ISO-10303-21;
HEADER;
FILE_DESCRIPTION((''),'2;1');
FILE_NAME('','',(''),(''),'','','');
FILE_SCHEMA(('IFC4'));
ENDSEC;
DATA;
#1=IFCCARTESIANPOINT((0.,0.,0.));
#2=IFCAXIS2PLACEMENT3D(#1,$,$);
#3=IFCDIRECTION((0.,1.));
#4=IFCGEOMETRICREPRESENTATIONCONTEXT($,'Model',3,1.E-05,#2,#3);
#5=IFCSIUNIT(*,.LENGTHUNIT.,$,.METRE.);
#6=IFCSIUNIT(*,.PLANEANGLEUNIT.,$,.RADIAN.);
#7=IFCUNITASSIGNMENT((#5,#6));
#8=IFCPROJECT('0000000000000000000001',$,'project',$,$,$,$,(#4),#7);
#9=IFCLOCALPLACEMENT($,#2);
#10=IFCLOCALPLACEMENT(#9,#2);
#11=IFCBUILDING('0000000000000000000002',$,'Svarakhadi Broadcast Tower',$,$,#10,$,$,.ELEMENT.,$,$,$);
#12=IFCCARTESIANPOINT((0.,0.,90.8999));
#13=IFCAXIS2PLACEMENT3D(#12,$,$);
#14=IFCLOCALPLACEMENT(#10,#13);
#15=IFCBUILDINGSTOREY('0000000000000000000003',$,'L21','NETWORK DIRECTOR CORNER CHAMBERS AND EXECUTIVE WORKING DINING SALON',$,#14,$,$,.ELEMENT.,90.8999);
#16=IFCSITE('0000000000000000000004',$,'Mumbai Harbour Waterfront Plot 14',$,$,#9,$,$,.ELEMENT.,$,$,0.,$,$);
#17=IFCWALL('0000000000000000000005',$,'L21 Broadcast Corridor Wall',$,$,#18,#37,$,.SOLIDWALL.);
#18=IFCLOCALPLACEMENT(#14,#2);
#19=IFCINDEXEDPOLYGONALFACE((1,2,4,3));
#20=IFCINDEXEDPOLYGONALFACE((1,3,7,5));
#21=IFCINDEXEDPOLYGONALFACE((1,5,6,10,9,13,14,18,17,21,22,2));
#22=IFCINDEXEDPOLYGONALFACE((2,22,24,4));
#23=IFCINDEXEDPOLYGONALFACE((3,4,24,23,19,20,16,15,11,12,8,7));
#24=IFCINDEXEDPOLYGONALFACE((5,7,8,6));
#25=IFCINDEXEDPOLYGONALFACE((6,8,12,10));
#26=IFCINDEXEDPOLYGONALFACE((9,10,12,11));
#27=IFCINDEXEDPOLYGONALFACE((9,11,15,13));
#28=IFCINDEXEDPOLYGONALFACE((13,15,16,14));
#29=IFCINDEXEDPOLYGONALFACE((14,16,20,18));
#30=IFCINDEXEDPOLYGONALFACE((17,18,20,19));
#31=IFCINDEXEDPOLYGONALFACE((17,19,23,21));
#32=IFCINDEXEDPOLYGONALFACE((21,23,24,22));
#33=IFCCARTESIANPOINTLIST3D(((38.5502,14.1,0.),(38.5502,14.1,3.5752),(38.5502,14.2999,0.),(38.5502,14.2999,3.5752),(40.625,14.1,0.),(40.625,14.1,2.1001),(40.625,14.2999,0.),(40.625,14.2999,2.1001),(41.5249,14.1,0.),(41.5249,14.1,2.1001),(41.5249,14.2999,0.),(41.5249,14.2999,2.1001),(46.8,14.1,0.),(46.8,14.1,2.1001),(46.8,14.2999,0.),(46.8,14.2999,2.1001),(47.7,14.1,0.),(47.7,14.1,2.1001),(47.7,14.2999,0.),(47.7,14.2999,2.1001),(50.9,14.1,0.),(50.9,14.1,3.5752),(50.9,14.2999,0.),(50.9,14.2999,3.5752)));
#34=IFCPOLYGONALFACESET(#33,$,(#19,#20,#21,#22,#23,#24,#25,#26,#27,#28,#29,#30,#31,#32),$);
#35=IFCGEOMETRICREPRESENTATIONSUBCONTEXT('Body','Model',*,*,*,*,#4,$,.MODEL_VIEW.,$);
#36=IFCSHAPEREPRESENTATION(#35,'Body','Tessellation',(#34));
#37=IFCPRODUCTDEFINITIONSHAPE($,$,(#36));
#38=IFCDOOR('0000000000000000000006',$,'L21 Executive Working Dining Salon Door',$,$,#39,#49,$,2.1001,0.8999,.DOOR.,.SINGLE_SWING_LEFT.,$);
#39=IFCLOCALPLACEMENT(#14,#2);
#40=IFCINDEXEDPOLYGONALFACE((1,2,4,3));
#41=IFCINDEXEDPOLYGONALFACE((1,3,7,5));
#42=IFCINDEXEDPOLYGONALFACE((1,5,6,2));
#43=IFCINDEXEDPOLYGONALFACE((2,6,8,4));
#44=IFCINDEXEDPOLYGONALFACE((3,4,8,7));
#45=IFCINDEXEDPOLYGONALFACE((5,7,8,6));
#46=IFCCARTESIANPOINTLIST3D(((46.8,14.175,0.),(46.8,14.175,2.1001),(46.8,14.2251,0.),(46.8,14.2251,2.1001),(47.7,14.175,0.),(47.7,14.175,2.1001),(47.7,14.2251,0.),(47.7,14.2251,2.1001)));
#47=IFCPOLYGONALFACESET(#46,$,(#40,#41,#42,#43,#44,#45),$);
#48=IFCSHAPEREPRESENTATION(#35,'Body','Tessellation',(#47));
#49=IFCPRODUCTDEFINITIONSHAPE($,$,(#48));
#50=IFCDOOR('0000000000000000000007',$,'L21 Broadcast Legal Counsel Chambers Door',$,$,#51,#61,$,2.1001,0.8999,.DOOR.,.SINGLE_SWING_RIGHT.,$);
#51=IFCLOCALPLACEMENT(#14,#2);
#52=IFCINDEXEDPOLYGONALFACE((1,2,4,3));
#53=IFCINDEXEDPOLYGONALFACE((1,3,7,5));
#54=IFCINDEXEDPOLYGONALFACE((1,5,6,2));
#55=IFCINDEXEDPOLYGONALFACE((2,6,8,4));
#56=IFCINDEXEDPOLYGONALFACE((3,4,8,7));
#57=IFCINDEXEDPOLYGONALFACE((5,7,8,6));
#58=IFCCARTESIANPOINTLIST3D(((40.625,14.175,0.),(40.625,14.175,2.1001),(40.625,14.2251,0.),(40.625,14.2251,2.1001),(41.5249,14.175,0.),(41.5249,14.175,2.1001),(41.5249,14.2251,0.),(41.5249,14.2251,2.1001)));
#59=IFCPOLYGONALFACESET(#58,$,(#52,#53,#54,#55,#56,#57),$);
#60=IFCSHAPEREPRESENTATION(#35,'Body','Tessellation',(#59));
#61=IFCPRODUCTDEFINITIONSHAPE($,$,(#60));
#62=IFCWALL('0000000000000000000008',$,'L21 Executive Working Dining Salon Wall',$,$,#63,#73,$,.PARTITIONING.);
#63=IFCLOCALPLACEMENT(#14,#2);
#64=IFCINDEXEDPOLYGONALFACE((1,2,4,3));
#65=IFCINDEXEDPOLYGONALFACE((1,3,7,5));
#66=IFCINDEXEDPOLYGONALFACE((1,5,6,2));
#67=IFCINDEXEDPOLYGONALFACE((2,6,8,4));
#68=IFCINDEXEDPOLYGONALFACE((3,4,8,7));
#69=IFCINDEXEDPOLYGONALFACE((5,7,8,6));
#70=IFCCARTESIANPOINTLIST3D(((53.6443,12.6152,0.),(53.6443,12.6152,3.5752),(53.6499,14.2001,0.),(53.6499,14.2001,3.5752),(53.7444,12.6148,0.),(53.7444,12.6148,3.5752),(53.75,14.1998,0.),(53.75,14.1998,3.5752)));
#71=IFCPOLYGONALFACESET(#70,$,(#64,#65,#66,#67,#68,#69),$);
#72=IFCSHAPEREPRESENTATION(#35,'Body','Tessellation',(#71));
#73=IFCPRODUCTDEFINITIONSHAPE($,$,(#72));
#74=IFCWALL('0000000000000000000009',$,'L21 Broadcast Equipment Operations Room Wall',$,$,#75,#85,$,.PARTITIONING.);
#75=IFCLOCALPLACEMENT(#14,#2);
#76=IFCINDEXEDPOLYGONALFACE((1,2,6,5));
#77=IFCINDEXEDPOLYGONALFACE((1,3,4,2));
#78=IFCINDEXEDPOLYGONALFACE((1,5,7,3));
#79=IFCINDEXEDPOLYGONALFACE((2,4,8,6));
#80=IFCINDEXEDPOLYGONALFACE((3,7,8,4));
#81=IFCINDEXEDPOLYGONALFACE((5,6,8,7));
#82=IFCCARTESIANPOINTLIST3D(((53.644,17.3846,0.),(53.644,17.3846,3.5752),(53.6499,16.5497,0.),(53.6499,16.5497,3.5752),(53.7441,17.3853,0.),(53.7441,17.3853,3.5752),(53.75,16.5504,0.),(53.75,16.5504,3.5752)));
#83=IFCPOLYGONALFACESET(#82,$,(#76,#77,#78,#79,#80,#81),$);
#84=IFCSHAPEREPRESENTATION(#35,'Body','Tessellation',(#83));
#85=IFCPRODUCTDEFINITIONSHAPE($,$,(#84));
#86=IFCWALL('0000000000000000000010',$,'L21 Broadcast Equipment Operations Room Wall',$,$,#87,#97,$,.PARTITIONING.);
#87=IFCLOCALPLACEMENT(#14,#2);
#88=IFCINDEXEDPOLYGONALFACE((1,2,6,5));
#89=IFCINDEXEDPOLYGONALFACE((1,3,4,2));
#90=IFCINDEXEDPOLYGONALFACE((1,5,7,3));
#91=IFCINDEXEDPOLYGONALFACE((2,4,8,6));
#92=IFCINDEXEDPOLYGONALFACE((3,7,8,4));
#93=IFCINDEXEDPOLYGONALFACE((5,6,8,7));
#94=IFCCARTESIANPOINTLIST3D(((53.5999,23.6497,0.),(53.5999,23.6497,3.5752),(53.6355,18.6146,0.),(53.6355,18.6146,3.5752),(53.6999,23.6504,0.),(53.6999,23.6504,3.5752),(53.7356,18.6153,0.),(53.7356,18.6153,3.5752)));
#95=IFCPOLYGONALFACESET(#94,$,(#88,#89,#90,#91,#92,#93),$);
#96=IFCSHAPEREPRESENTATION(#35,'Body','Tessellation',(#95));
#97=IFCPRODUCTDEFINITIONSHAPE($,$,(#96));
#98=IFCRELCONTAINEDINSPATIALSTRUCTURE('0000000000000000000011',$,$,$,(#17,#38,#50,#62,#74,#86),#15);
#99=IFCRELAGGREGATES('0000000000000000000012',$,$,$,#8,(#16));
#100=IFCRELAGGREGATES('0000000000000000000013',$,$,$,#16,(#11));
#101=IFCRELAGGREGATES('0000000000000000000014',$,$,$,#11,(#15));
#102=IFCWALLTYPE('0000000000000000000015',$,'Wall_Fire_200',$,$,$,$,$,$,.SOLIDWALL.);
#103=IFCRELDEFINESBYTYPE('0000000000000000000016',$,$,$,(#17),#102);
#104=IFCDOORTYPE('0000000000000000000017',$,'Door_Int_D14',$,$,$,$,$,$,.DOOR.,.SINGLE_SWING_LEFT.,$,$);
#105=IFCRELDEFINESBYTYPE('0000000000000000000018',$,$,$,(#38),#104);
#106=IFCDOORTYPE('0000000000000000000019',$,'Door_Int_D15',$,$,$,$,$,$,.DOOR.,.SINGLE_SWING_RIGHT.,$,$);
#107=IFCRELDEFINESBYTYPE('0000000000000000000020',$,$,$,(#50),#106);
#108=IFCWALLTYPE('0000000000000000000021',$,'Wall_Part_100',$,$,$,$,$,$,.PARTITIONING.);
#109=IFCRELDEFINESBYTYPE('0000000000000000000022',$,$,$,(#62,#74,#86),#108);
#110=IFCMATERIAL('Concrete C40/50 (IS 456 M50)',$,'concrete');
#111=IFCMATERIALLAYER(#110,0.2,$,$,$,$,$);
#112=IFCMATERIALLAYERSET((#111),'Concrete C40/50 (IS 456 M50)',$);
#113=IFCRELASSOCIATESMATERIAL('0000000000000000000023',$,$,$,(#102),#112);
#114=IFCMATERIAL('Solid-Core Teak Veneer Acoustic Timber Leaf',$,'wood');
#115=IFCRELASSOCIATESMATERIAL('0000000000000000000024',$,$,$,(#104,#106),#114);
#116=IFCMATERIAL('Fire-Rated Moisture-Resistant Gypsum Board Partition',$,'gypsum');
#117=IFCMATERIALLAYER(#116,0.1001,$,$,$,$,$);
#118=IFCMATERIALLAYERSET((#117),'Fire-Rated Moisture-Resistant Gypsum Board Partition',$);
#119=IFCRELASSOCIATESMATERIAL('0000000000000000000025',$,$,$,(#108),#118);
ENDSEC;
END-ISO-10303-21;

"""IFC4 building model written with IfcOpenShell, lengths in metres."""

from ifc_helpers import new_model, si_unit, direction, frame, frame_2d, origin, place, context, subcontext, project, spatial, rectangle, extrude, material, layer, layer_set, type_object, element, fill, save


model = new_model("IFC4")

# Units and contexts
model_context = context("Model", 3, precision=1e-05, world=origin(), true_north=direction((0.0, 1.0)))
body_context = subcontext(model_context, "Body", "Model", "MODEL_VIEW")
ifc_project = project(units=[si_unit("LENGTHUNIT", "METRE"), si_unit("PLANEANGLEUNIT", "RADIAN")], contexts=[model_context])

# Site, building, storey
site_placement = place(None, origin())
site = spatial("IfcSite", under=ifc_project, at=site_placement, Name="Mumbai Harbour Waterfront Plot 14", CompositionType="ELEMENT", RefElevation=0.0)
building_placement = place(site_placement, origin())
building = spatial("IfcBuilding", under=site, at=building_placement, Name="Svarakhadi Broadcast Tower", CompositionType="ELEMENT")
storey_placement = place(building_placement, frame((0.0, 0.0, 90.8999)))
storey = spatial("IfcBuildingStorey", under=building, at=storey_placement, Name="L21", Description="NETWORK DIRECTOR CORNER CHAMBERS AND EXECUTIVE WORKING DINING SALON", CompositionType="ELEMENT", Elevation=90.8999)

# Shared definitions
ifc_material_1 = material(Name="Concrete C40/50 (IS 456 M50)", Category="concrete")
ifc_layer_1 = layer(ifc_material_1, 0.2)
ifc_layer_set_1 = layer_set([ifc_layer_1], Name="Concrete C40/50 (IS 456 M50)")
wall_type_1 = type_object("IfcWallType", Name="Wall_Fire_200", PredefinedType="SOLIDWALL", material=ifc_layer_set_1)

# Wall, openings, doors
wall_1_placement = place(storey_placement, frame((50.8999, 14.2, 0.0), z_axis=(0.0, 0.0, 1.0), x_axis=(-1.0, 0.0, 0.0)))
wall_1 = element("IfcWall", 1, at=wall_1_placement, inside=storey, type_object=wall_type_1, Name="L21 Broadcast Corridor Wall", PredefinedType="SOLIDWALL", context=body_context, shape_type="SweptSolid", body=[
    extrude(rectangle(XDim=12.3499, YDim=0.2, at=frame_2d((6.1748, 0.0))), origin(), (0.0, 0.0, 1.0), 3.5752),
])
opening_1_placement = place(wall_1_placement, frame((9.375, 0.0, 0.0)))
opening_1 = element("IfcOpeningElement", 2, at=opening_1_placement, cuts=wall_1, PredefinedType="OPENING", context=body_context, shape_type="SweptSolid", body=[
    extrude(rectangle(XDim=0.8999, YDim=2.1001, at=frame_2d((0.45, 1.05))), frame((0.0, 0.1099, 0.0), z_axis=(0.0, -1.0, 0.0), x_axis=(1.0, 0.0, 0.0)), (0.0, 0.0, 1.0), 0.22),
])
opening_2_placement = place(wall_1_placement, frame((3.2, 0.0, 0.0)))
opening_2 = element("IfcOpeningElement", 3, at=opening_2_placement, cuts=wall_1, PredefinedType="OPENING", context=body_context, shape_type="SweptSolid", body=[
    extrude(rectangle(XDim=0.8999, YDim=2.1001, at=frame_2d((0.45, 1.05))), frame((0.0, 0.1099, 0.0), z_axis=(0.0, -1.0, 0.0), x_axis=(1.0, 0.0, 0.0)), (0.0, 0.0, 1.0), 0.22),
])
ifc_material_2 = material(Name="Solid-Core Teak Veneer Acoustic Timber Leaf", Category="wood")
door_type_1 = type_object("IfcDoorType", Name="Door_Int_D14", OperationType="SINGLE_SWING_LEFT", PredefinedType="DOOR", material=ifc_material_2)
door_1_placement = place(opening_2_placement, origin())
door_1 = element("IfcDoor", 4, at=door_1_placement, inside=storey, type_object=door_type_1, Name="L21 Executive Working Dining Salon Door", OperationType="SINGLE_SWING_LEFT", OverallHeight=2.1001, OverallWidth=0.8999, PredefinedType="DOOR", context=body_context, shape_type="SweptSolid", body=[
    extrude(rectangle(XDim=0.8999, YDim=2.1001, at=frame_2d((0.45, 1.05))), frame((0.0, 0.0249, 0.0), z_axis=(0.0, -1.0, 0.0), x_axis=(1.0, 0.0, 0.0)), (0.0, 0.0, 1.0), 0.05),
])
fill(opening_2, door_1)
door_type_2 = type_object("IfcDoorType", Name="Door_Int_D15", OperationType="SINGLE_SWING_RIGHT", PredefinedType="DOOR", material=ifc_material_2)
door_2_placement = place(opening_1_placement, origin())
door_2 = element("IfcDoor", 5, at=door_2_placement, inside=storey, type_object=door_type_2, Name="L21 Broadcast Legal Counsel Chambers Door", OperationType="SINGLE_SWING_RIGHT", OverallHeight=2.1001, OverallWidth=0.8999, PredefinedType="DOOR", context=body_context, shape_type="SweptSolid", body=[
    extrude(rectangle(XDim=0.8999, YDim=2.1001, at=frame_2d((0.45, 1.05))), frame((0.0, 0.0249, 0.0), z_axis=(0.0, -1.0, 0.0), x_axis=(1.0, 0.0, 0.0)), (0.0, 0.0, 1.0), 0.05),
])
fill(opening_1, door_2)

# Walls
ifc_material_3 = material(Name="Fire-Rated Moisture-Resistant Gypsum Board Partition", Category="gypsum")
ifc_layer_2 = layer(ifc_material_3, 0.1001)
ifc_layer_set_2 = layer_set([ifc_layer_2], Name="Fire-Rated Moisture-Resistant Gypsum Board Partition")
wall_type_2 = type_object("IfcWallType", Name="Wall_Part_100", PredefinedType="PARTITIONING", material=ifc_layer_set_2)
wall_2_placement = place(storey_placement, frame((53.6943, 12.615, 0.0), z_axis=(0.0, 0.0, 1.0), x_axis=(0.003543, 0.999994, 0.0)))
element("IfcWall", 6, at=wall_2_placement, inside=storey, type_object=wall_type_2, Name="L21 Executive Working Dining Salon Wall", PredefinedType="PARTITIONING", context=body_context, shape_type="SweptSolid", body=[
    extrude(rectangle(XDim=1.585, YDim=0.1001, at=frame_2d((0.7925, 0.0))), origin(), (0.0, 0.0, 1.0), 3.5752),
])
wall_3_placement = place(storey_placement, frame((53.7, 16.55, 0.0), z_axis=(0.0, 0.0, 1.0), x_axis=(-0.007017, 0.999975, 0.0)))
element("IfcWall", 7, at=wall_3_placement, inside=storey, type_object=wall_type_2, Name="L21 Broadcast Equipment Operations Room Wall", PredefinedType="PARTITIONING", context=body_context, shape_type="SweptSolid", body=[
    extrude(rectangle(XDim=0.835, YDim=0.1001, at=frame_2d((0.4175, 0.0))), origin(), (0.0, 0.0, 1.0), 3.5752),
])
wall_4_placement = place(storey_placement, frame((53.6855, 18.615, 0.0), z_axis=(0.0, 0.0, 1.0), x_axis=(-0.007079, 0.999975, 0.0)))
element("IfcWall", 8, at=wall_4_placement, inside=storey, type_object=wall_type_2, Name="L21 Broadcast Equipment Operations Room Wall", PredefinedType="PARTITIONING", context=body_context, shape_type="SweptSolid", body=[
    extrude(rectangle(XDim=5.0352, YDim=0.1001, at=frame_2d((2.5176, 0.0))), origin(), (0.0, 0.0, 1.0), 3.5752),
])

save(model, "model.ifc")
